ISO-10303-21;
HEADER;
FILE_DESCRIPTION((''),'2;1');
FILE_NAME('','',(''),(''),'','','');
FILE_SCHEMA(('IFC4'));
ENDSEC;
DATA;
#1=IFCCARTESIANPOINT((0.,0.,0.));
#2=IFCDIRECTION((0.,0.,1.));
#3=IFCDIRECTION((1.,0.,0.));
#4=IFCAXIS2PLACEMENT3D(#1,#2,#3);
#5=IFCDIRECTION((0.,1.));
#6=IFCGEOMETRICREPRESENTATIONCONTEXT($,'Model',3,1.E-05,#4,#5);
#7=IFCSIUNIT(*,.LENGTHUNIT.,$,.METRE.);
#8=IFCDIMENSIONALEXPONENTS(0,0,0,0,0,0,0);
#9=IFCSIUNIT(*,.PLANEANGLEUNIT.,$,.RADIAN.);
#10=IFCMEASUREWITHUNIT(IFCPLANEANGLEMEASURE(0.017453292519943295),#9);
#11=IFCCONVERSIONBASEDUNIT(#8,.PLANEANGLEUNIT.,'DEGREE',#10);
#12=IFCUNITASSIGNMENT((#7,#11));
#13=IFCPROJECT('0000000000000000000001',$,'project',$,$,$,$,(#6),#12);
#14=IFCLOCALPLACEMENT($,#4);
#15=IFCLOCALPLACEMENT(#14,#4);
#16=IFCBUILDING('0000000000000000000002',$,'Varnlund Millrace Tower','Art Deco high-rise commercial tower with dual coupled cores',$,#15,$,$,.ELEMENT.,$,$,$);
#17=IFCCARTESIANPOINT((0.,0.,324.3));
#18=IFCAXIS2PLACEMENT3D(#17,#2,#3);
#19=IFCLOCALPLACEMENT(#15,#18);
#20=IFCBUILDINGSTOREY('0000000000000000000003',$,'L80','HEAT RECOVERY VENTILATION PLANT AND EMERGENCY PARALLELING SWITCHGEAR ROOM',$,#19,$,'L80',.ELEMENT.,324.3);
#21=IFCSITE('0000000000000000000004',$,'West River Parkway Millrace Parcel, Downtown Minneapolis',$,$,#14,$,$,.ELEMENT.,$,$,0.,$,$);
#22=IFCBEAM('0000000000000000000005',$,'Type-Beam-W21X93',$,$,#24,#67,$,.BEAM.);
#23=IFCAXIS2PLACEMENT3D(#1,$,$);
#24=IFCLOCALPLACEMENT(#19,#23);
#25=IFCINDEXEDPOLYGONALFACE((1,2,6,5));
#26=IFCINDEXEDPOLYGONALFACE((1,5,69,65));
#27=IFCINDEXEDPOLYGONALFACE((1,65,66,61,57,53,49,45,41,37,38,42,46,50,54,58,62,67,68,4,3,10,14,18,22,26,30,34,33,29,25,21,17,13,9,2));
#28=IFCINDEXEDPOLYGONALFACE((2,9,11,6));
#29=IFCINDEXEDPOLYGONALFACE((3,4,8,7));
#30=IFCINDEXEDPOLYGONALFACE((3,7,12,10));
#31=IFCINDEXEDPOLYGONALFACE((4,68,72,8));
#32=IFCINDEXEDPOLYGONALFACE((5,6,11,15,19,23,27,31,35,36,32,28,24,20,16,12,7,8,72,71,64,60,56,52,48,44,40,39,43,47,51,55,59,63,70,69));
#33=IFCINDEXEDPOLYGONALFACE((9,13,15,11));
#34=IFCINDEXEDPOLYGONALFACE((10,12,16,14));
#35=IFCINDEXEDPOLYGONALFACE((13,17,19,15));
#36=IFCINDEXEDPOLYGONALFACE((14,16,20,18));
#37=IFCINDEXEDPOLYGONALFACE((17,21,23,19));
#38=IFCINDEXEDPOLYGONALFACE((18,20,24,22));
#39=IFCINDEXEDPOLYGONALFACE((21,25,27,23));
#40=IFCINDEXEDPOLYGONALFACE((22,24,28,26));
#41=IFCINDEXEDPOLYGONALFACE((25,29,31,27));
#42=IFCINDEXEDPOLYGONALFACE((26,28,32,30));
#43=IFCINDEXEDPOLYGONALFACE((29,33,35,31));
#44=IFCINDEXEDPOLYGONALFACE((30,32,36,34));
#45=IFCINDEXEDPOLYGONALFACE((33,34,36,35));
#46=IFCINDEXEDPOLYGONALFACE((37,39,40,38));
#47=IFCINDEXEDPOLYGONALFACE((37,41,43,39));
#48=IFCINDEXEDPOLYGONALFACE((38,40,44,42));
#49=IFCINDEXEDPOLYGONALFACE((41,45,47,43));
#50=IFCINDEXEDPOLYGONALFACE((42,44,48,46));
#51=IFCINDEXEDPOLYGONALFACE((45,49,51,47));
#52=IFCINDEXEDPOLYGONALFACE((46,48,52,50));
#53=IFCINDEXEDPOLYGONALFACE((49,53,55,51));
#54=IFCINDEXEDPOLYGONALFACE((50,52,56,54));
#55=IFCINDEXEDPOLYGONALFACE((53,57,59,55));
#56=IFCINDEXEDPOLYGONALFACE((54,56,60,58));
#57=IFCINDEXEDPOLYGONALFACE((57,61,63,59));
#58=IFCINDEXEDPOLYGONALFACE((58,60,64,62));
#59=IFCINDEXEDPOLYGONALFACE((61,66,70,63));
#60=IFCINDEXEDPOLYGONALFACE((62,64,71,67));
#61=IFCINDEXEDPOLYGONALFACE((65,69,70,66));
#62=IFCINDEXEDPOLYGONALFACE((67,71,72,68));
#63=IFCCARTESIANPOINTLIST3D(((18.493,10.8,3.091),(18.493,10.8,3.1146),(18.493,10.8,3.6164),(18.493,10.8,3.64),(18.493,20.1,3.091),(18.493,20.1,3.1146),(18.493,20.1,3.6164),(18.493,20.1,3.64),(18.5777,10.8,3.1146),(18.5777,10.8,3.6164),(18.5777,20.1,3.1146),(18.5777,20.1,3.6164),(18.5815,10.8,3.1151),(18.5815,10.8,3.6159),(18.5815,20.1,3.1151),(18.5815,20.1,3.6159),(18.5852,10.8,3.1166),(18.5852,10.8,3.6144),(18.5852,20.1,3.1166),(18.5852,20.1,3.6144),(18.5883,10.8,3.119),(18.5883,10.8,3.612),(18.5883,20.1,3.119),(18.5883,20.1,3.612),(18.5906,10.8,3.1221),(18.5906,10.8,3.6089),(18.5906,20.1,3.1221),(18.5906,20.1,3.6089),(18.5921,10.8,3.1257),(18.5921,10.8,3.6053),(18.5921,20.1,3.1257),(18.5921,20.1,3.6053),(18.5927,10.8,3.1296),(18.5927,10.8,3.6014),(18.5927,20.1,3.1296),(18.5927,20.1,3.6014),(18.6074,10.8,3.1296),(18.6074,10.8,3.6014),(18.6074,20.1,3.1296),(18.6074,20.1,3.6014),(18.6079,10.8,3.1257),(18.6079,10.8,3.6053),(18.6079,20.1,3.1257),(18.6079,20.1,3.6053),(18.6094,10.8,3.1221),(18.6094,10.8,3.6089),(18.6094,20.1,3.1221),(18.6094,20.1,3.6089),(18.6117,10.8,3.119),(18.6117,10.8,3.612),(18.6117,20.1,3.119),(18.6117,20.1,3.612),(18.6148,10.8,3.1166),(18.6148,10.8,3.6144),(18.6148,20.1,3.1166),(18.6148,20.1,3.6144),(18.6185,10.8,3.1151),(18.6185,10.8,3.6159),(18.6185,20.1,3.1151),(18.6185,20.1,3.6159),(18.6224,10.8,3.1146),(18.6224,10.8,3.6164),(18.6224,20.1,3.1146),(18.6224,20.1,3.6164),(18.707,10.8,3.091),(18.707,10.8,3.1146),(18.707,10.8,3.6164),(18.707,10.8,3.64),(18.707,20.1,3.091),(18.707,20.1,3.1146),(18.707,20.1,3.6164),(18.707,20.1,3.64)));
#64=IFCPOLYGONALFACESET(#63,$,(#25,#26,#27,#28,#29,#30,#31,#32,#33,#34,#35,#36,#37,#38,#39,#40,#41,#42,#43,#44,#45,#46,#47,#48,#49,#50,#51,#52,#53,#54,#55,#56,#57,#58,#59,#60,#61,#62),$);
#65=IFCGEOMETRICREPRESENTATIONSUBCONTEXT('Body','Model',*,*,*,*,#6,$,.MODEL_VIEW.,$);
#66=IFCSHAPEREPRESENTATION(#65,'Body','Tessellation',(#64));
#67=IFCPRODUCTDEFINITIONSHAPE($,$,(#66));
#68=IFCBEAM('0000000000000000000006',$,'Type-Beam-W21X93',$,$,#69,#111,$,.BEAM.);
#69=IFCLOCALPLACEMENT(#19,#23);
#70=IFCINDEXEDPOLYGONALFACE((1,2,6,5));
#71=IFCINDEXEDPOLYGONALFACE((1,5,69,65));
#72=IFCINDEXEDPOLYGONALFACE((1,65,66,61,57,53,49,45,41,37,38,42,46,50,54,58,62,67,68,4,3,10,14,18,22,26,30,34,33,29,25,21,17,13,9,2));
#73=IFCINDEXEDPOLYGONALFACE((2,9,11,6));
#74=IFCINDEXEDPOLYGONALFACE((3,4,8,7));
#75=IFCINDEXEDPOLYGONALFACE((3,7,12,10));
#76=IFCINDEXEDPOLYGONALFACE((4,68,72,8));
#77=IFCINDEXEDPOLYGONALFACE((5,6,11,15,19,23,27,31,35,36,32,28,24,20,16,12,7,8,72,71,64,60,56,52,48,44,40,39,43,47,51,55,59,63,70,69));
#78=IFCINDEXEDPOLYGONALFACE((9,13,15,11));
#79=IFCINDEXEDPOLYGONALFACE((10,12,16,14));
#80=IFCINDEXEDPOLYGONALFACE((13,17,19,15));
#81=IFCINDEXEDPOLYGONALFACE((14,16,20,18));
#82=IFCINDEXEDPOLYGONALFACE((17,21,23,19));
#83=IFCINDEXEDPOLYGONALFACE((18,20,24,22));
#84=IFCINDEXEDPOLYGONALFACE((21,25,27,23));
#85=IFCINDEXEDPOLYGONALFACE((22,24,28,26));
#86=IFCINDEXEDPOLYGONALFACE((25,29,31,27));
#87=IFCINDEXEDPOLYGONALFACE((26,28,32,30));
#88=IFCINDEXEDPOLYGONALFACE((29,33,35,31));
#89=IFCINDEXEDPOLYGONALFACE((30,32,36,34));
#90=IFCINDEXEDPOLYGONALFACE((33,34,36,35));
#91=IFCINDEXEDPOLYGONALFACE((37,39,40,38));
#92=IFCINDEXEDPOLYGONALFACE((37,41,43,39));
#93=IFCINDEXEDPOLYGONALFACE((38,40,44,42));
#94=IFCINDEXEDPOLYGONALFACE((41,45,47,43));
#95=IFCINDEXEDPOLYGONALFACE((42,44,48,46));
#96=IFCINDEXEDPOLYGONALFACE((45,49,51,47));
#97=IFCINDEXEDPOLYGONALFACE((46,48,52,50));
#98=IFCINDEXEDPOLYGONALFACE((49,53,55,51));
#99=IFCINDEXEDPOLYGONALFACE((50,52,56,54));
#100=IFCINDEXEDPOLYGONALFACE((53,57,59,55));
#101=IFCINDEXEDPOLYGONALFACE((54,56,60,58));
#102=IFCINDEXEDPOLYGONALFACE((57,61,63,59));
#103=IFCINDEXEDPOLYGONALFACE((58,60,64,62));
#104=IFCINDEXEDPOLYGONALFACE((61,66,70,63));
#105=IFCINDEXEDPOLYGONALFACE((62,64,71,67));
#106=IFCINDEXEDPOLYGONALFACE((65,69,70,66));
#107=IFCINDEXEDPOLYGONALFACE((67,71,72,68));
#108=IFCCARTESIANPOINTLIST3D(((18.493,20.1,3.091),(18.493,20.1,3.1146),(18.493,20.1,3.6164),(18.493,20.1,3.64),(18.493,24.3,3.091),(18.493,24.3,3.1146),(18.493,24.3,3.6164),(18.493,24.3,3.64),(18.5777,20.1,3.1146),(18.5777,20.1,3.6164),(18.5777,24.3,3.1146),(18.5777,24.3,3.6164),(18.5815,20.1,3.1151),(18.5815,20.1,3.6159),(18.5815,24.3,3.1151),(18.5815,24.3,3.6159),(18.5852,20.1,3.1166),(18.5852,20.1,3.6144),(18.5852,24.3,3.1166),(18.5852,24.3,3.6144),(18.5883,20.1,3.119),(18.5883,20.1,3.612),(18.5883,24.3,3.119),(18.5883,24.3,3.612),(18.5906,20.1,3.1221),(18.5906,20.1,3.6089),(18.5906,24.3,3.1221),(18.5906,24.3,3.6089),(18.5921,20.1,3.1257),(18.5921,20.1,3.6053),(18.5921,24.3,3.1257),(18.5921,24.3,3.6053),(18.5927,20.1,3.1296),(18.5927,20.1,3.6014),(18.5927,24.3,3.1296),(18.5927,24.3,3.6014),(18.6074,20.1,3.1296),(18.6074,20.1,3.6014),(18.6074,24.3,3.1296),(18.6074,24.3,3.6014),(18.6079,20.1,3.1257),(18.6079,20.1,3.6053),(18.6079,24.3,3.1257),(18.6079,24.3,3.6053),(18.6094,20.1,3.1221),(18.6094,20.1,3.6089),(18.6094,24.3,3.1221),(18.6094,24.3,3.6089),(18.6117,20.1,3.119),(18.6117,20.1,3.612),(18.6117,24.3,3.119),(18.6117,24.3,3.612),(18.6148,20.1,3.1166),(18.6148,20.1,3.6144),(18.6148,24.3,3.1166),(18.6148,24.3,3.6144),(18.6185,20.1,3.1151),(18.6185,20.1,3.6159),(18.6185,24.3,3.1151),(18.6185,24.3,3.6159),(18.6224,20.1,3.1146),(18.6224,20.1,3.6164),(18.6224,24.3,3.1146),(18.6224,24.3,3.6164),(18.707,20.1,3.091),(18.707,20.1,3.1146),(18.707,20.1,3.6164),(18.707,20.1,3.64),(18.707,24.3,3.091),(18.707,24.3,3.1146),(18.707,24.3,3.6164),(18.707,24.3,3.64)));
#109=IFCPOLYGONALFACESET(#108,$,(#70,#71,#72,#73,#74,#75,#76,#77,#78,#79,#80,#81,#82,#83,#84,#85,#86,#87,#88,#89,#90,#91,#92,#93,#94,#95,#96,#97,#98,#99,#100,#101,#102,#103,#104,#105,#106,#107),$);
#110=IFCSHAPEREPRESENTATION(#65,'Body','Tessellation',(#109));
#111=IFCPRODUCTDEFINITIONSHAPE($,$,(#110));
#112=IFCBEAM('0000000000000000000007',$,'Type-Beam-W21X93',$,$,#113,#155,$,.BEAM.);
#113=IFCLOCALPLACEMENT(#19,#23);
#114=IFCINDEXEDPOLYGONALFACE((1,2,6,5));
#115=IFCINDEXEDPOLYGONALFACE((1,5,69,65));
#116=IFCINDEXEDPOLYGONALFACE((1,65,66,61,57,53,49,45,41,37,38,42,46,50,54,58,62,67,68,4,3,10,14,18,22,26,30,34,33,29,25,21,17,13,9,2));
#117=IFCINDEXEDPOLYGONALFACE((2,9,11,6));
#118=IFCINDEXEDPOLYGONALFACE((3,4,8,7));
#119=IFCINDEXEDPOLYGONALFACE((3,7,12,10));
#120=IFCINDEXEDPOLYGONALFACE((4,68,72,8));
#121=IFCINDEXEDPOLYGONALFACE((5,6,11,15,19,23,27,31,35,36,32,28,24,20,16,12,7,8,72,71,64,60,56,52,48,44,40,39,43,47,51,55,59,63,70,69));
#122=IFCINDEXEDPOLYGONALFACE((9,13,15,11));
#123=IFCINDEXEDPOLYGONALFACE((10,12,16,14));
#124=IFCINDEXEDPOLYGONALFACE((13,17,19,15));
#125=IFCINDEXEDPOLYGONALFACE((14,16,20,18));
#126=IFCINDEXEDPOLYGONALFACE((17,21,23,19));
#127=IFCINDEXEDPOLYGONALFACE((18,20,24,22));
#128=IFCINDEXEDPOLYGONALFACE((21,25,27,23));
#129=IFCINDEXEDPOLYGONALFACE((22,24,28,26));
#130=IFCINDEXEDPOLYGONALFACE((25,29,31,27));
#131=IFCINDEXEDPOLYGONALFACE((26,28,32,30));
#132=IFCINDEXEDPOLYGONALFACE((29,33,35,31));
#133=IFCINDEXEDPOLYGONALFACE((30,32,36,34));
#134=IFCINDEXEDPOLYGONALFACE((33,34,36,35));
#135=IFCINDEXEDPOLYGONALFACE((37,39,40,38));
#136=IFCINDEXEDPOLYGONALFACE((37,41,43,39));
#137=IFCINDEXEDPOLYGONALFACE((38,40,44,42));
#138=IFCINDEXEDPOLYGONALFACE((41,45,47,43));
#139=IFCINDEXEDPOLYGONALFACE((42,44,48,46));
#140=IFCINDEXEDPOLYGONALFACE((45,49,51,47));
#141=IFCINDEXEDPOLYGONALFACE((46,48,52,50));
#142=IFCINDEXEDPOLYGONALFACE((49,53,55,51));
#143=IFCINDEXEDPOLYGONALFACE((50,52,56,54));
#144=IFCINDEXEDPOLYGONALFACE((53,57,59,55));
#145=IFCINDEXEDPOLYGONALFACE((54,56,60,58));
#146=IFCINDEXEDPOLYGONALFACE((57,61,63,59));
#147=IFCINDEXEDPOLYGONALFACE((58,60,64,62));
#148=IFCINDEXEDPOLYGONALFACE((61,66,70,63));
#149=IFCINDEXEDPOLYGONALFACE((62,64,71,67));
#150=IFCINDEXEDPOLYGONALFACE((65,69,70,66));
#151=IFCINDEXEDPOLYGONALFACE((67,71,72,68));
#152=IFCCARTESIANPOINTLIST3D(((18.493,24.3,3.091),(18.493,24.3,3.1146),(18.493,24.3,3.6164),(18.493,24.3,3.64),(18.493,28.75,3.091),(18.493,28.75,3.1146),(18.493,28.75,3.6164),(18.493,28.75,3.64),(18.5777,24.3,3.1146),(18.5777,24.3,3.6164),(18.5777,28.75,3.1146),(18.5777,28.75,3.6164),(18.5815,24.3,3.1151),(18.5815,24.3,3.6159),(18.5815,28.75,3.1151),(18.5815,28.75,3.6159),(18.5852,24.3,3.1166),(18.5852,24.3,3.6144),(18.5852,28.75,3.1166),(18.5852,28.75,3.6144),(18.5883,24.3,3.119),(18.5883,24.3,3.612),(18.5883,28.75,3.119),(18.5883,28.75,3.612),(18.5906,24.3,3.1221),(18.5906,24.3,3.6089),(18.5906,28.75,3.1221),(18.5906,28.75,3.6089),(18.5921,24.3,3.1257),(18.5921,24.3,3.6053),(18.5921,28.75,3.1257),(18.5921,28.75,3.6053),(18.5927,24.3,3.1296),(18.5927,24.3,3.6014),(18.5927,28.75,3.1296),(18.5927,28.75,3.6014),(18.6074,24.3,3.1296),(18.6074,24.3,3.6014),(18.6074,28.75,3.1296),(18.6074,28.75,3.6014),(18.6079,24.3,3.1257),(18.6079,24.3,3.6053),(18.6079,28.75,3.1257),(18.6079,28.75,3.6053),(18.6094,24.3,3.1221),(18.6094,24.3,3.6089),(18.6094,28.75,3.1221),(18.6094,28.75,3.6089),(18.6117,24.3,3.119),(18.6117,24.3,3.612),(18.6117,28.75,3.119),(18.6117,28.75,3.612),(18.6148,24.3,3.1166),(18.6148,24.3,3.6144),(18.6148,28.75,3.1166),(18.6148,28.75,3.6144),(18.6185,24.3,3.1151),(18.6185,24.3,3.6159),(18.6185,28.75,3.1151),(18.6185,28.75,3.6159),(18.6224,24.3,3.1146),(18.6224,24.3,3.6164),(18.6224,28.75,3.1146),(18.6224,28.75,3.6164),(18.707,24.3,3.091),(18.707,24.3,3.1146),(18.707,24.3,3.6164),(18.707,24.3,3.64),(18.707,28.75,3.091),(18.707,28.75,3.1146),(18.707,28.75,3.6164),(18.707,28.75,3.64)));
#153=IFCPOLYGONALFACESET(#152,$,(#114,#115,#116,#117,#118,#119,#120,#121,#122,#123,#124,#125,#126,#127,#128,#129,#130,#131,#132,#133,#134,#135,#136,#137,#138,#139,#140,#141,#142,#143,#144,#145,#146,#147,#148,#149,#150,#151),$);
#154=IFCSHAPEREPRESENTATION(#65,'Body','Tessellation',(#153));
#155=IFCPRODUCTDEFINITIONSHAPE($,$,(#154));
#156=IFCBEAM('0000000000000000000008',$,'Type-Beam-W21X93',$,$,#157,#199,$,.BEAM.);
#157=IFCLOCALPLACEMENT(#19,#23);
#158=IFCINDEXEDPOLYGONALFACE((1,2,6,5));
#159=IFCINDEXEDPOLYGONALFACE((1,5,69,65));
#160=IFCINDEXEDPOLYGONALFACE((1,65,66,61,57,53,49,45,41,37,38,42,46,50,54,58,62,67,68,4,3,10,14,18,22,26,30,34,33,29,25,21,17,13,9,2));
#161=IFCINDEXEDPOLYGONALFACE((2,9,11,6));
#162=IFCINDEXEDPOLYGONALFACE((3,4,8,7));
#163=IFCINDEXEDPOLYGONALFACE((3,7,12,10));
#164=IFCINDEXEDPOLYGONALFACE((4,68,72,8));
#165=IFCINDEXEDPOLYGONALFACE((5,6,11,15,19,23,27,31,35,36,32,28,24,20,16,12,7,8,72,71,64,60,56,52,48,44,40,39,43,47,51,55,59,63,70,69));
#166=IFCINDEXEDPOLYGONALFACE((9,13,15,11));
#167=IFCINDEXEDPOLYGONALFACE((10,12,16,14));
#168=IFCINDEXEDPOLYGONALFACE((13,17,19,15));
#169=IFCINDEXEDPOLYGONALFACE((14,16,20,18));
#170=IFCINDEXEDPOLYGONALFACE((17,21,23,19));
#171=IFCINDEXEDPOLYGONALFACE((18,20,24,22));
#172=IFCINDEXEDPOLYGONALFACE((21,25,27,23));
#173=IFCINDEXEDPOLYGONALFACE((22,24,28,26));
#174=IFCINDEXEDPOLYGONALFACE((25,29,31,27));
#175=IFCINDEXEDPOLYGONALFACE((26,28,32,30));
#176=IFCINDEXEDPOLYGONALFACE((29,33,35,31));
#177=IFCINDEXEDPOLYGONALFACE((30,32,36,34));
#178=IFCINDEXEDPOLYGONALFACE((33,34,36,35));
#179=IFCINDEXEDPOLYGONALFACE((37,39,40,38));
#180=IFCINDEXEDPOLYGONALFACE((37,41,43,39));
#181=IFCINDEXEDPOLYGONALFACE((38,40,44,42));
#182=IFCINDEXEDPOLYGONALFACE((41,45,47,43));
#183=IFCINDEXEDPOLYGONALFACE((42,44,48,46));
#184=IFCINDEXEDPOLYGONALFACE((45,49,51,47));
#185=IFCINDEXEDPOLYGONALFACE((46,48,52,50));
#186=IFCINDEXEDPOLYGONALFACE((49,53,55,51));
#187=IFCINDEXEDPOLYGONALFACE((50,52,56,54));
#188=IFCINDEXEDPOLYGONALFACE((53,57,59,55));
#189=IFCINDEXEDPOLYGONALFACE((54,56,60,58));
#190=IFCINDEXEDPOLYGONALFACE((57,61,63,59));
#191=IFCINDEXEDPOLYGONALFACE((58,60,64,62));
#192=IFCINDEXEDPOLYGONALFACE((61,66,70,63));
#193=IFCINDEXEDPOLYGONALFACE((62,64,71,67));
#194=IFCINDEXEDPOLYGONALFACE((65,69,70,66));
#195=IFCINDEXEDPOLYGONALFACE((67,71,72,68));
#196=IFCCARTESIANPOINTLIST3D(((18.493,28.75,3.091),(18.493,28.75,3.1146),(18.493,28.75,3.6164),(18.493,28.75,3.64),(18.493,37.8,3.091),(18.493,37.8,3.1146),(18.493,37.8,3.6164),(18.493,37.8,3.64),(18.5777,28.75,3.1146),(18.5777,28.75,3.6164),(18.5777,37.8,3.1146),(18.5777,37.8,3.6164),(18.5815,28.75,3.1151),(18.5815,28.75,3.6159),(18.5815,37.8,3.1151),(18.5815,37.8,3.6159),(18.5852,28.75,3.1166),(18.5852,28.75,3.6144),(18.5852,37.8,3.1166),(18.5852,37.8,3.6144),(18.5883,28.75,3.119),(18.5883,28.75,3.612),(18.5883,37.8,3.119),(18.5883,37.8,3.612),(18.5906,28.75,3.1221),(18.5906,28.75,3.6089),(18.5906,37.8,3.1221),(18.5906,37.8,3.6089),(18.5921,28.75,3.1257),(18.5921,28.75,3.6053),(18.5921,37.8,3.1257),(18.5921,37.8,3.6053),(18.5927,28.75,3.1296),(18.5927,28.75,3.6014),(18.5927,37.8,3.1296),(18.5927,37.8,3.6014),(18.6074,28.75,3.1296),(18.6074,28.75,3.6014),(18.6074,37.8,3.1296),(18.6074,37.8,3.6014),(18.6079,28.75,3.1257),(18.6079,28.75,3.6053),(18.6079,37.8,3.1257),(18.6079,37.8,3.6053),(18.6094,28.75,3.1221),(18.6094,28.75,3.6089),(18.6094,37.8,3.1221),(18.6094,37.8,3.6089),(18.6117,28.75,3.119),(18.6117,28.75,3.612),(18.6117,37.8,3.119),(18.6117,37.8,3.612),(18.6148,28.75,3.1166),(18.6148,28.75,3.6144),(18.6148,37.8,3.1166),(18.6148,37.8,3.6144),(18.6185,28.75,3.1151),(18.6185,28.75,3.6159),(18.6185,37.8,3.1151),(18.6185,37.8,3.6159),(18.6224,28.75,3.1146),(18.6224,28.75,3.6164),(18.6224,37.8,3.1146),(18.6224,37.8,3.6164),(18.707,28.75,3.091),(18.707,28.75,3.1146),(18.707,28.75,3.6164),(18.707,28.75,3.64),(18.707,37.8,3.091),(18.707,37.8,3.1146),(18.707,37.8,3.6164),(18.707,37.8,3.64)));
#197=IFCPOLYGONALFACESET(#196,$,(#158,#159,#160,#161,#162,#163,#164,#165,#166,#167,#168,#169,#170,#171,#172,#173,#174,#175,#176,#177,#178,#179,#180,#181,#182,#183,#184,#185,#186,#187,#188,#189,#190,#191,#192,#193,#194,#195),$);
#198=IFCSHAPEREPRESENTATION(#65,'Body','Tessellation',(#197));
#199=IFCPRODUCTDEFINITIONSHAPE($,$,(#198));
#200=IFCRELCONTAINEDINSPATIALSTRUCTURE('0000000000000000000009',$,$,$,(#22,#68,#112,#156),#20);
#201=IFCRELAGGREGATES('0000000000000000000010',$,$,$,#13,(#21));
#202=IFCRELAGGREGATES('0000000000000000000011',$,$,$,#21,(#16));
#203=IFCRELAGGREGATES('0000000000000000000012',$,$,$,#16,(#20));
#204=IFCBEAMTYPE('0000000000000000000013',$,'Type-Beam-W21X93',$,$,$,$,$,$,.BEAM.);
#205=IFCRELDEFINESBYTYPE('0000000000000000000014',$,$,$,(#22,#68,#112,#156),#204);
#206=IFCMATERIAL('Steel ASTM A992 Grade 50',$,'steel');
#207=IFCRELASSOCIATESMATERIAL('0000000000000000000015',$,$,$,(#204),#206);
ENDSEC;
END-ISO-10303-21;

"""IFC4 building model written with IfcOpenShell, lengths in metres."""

from ifc_helpers import new_model, entity, si_unit, converted_unit, direction, frame, origin_with_axes, origin_2d_with_axis, place, context, subcontext, project, spatial, i_section, extrude, material, material_profile, profile_set, type_object, element, save


model = new_model("IFC4")

# Units and contexts
model_context = context("Model", 3, precision=1e-05, world=origin_with_axes(), true_north=direction((0.0, 1.0)))
body_context = subcontext(model_context, "Body", "Model", "MODEL_VIEW")
ifc_project = project(units=[si_unit("LENGTHUNIT", "METRE"), converted_unit("PLANEANGLEUNIT", "DEGREE", entity("IfcPlaneAngleMeasure", 0.017453292519943295), si_unit("PLANEANGLEUNIT", "RADIAN"), dimensions=[0, 0, 0, 0, 0, 0, 0])], contexts=[model_context])

# Site, building, storey
site_placement = place(None, origin_with_axes())
site = spatial("IfcSite", under=ifc_project, at=site_placement, Name="West River Parkway Millrace Parcel, Downtown Minneapolis", CompositionType="ELEMENT", RefElevation=0.0)
building_placement = place(site_placement, origin_with_axes())
building = spatial("IfcBuilding", under=site, at=building_placement, Name="Varnlund Millrace Tower", Description="Art Deco high-rise commercial tower with dual coupled cores", CompositionType="ELEMENT")
storey_placement = place(building_placement, frame((0.0, 0.0, 324.3), z_axis=(0.0, 0.0, 1.0), x_axis=(1.0, 0.0, 0.0)))
storey = spatial("IfcBuildingStorey", under=building, at=storey_placement, Name="L80", Description="HEAT RECOVERY VENTILATION PLANT AND EMERGENCY PARALLELING SWITCHGEAR ROOM", LongName="L80", CompositionType="ELEMENT", Elevation=324.3)

# Beams
ifc_material_1 = material(Name="Steel ASTM A992 Grade 50", Category="steel")
ifc_material_profile_1 = material_profile(ifc_material_1, i_section(OverallWidth=0.214, OverallDepth=0.549, WebThickness=0.0147, FlangeThickness=0.0236, FilletRadius=0.015, at=origin_2d_with_axis()), Name="Steel ASTM A992 Grade 50")
ifc_profile_set_1 = profile_set([ifc_material_profile_1], Name="Steel ASTM A992 Grade 50")
beam_type_1 = type_object("IfcBeamType", Name="Type-Beam-W21X93", PredefinedType="BEAM", material=ifc_profile_set_1)
beam_1_placement = place(storey_placement, frame((18.6, 10.8, 3.3655), z_axis=(0.0, 1.0, 0.0), x_axis=(-1.0, 0.0, 0.0)))
element("IfcBeam", 1, at=beam_1_placement, inside=storey, type_object=beam_type_1, Name="Type-Beam-W21X93", PredefinedType="BEAM", context=body_context, shape_type="SweptSolid", body=[
    extrude(i_section(OverallWidth=0.214, OverallDepth=0.549, WebThickness=0.0147, FlangeThickness=0.0236, FilletRadius=0.015, at=origin_2d_with_axis()), origin_with_axes(), (0.0, 0.0, 1.0), 9.3),
])
beam_2_placement = place(storey_placement, frame((18.6, 20.1, 3.3655), z_axis=(0.0, 1.0, 0.0), x_axis=(-1.0, 0.0, 0.0)))
element("IfcBeam", 2, at=beam_2_placement, inside=storey, type_object=beam_type_1, Name="Type-Beam-W21X93", PredefinedType="BEAM", context=body_context, shape_type="SweptSolid", body=[
    extrude(i_section(OverallWidth=0.214, OverallDepth=0.549, WebThickness=0.0147, FlangeThickness=0.0236, FilletRadius=0.015, at=origin_2d_with_axis()), origin_with_axes(), (0.0, 0.0, 1.0), 4.2),
])
beam_3_placement = place(storey_placement, frame((18.6, 24.3, 3.3655), z_axis=(0.0, 1.0, 0.0), x_axis=(-1.0, 0.0, 0.0)))
element("IfcBeam", 3, at=beam_3_placement, inside=storey, type_object=beam_type_1, Name="Type-Beam-W21X93", PredefinedType="BEAM", context=body_context, shape_type="SweptSolid", body=[
    extrude(i_section(OverallWidth=0.214, OverallDepth=0.549, WebThickness=0.0147, FlangeThickness=0.0236, FilletRadius=0.015, at=origin_2d_with_axis()), origin_with_axes(), (0.0, 0.0, 1.0), 4.45),
])
beam_4_placement = place(storey_placement, frame((18.6, 28.75, 3.3655), z_axis=(0.0, 1.0, 0.0), x_axis=(-1.0, 0.0, 0.0)))
element("IfcBeam", 4, at=beam_4_placement, inside=storey, type_object=beam_type_1, Name="Type-Beam-W21X93", PredefinedType="BEAM", context=body_context, shape_type="SweptSolid", body=[
    extrude(i_section(OverallWidth=0.214, OverallDepth=0.549, WebThickness=0.0147, FlangeThickness=0.0236, FilletRadius=0.015, at=origin_2d_with_axis()), origin_with_axes(), (0.0, 0.0, 1.0), 9.05),
])

save(model, "model.ifc")
